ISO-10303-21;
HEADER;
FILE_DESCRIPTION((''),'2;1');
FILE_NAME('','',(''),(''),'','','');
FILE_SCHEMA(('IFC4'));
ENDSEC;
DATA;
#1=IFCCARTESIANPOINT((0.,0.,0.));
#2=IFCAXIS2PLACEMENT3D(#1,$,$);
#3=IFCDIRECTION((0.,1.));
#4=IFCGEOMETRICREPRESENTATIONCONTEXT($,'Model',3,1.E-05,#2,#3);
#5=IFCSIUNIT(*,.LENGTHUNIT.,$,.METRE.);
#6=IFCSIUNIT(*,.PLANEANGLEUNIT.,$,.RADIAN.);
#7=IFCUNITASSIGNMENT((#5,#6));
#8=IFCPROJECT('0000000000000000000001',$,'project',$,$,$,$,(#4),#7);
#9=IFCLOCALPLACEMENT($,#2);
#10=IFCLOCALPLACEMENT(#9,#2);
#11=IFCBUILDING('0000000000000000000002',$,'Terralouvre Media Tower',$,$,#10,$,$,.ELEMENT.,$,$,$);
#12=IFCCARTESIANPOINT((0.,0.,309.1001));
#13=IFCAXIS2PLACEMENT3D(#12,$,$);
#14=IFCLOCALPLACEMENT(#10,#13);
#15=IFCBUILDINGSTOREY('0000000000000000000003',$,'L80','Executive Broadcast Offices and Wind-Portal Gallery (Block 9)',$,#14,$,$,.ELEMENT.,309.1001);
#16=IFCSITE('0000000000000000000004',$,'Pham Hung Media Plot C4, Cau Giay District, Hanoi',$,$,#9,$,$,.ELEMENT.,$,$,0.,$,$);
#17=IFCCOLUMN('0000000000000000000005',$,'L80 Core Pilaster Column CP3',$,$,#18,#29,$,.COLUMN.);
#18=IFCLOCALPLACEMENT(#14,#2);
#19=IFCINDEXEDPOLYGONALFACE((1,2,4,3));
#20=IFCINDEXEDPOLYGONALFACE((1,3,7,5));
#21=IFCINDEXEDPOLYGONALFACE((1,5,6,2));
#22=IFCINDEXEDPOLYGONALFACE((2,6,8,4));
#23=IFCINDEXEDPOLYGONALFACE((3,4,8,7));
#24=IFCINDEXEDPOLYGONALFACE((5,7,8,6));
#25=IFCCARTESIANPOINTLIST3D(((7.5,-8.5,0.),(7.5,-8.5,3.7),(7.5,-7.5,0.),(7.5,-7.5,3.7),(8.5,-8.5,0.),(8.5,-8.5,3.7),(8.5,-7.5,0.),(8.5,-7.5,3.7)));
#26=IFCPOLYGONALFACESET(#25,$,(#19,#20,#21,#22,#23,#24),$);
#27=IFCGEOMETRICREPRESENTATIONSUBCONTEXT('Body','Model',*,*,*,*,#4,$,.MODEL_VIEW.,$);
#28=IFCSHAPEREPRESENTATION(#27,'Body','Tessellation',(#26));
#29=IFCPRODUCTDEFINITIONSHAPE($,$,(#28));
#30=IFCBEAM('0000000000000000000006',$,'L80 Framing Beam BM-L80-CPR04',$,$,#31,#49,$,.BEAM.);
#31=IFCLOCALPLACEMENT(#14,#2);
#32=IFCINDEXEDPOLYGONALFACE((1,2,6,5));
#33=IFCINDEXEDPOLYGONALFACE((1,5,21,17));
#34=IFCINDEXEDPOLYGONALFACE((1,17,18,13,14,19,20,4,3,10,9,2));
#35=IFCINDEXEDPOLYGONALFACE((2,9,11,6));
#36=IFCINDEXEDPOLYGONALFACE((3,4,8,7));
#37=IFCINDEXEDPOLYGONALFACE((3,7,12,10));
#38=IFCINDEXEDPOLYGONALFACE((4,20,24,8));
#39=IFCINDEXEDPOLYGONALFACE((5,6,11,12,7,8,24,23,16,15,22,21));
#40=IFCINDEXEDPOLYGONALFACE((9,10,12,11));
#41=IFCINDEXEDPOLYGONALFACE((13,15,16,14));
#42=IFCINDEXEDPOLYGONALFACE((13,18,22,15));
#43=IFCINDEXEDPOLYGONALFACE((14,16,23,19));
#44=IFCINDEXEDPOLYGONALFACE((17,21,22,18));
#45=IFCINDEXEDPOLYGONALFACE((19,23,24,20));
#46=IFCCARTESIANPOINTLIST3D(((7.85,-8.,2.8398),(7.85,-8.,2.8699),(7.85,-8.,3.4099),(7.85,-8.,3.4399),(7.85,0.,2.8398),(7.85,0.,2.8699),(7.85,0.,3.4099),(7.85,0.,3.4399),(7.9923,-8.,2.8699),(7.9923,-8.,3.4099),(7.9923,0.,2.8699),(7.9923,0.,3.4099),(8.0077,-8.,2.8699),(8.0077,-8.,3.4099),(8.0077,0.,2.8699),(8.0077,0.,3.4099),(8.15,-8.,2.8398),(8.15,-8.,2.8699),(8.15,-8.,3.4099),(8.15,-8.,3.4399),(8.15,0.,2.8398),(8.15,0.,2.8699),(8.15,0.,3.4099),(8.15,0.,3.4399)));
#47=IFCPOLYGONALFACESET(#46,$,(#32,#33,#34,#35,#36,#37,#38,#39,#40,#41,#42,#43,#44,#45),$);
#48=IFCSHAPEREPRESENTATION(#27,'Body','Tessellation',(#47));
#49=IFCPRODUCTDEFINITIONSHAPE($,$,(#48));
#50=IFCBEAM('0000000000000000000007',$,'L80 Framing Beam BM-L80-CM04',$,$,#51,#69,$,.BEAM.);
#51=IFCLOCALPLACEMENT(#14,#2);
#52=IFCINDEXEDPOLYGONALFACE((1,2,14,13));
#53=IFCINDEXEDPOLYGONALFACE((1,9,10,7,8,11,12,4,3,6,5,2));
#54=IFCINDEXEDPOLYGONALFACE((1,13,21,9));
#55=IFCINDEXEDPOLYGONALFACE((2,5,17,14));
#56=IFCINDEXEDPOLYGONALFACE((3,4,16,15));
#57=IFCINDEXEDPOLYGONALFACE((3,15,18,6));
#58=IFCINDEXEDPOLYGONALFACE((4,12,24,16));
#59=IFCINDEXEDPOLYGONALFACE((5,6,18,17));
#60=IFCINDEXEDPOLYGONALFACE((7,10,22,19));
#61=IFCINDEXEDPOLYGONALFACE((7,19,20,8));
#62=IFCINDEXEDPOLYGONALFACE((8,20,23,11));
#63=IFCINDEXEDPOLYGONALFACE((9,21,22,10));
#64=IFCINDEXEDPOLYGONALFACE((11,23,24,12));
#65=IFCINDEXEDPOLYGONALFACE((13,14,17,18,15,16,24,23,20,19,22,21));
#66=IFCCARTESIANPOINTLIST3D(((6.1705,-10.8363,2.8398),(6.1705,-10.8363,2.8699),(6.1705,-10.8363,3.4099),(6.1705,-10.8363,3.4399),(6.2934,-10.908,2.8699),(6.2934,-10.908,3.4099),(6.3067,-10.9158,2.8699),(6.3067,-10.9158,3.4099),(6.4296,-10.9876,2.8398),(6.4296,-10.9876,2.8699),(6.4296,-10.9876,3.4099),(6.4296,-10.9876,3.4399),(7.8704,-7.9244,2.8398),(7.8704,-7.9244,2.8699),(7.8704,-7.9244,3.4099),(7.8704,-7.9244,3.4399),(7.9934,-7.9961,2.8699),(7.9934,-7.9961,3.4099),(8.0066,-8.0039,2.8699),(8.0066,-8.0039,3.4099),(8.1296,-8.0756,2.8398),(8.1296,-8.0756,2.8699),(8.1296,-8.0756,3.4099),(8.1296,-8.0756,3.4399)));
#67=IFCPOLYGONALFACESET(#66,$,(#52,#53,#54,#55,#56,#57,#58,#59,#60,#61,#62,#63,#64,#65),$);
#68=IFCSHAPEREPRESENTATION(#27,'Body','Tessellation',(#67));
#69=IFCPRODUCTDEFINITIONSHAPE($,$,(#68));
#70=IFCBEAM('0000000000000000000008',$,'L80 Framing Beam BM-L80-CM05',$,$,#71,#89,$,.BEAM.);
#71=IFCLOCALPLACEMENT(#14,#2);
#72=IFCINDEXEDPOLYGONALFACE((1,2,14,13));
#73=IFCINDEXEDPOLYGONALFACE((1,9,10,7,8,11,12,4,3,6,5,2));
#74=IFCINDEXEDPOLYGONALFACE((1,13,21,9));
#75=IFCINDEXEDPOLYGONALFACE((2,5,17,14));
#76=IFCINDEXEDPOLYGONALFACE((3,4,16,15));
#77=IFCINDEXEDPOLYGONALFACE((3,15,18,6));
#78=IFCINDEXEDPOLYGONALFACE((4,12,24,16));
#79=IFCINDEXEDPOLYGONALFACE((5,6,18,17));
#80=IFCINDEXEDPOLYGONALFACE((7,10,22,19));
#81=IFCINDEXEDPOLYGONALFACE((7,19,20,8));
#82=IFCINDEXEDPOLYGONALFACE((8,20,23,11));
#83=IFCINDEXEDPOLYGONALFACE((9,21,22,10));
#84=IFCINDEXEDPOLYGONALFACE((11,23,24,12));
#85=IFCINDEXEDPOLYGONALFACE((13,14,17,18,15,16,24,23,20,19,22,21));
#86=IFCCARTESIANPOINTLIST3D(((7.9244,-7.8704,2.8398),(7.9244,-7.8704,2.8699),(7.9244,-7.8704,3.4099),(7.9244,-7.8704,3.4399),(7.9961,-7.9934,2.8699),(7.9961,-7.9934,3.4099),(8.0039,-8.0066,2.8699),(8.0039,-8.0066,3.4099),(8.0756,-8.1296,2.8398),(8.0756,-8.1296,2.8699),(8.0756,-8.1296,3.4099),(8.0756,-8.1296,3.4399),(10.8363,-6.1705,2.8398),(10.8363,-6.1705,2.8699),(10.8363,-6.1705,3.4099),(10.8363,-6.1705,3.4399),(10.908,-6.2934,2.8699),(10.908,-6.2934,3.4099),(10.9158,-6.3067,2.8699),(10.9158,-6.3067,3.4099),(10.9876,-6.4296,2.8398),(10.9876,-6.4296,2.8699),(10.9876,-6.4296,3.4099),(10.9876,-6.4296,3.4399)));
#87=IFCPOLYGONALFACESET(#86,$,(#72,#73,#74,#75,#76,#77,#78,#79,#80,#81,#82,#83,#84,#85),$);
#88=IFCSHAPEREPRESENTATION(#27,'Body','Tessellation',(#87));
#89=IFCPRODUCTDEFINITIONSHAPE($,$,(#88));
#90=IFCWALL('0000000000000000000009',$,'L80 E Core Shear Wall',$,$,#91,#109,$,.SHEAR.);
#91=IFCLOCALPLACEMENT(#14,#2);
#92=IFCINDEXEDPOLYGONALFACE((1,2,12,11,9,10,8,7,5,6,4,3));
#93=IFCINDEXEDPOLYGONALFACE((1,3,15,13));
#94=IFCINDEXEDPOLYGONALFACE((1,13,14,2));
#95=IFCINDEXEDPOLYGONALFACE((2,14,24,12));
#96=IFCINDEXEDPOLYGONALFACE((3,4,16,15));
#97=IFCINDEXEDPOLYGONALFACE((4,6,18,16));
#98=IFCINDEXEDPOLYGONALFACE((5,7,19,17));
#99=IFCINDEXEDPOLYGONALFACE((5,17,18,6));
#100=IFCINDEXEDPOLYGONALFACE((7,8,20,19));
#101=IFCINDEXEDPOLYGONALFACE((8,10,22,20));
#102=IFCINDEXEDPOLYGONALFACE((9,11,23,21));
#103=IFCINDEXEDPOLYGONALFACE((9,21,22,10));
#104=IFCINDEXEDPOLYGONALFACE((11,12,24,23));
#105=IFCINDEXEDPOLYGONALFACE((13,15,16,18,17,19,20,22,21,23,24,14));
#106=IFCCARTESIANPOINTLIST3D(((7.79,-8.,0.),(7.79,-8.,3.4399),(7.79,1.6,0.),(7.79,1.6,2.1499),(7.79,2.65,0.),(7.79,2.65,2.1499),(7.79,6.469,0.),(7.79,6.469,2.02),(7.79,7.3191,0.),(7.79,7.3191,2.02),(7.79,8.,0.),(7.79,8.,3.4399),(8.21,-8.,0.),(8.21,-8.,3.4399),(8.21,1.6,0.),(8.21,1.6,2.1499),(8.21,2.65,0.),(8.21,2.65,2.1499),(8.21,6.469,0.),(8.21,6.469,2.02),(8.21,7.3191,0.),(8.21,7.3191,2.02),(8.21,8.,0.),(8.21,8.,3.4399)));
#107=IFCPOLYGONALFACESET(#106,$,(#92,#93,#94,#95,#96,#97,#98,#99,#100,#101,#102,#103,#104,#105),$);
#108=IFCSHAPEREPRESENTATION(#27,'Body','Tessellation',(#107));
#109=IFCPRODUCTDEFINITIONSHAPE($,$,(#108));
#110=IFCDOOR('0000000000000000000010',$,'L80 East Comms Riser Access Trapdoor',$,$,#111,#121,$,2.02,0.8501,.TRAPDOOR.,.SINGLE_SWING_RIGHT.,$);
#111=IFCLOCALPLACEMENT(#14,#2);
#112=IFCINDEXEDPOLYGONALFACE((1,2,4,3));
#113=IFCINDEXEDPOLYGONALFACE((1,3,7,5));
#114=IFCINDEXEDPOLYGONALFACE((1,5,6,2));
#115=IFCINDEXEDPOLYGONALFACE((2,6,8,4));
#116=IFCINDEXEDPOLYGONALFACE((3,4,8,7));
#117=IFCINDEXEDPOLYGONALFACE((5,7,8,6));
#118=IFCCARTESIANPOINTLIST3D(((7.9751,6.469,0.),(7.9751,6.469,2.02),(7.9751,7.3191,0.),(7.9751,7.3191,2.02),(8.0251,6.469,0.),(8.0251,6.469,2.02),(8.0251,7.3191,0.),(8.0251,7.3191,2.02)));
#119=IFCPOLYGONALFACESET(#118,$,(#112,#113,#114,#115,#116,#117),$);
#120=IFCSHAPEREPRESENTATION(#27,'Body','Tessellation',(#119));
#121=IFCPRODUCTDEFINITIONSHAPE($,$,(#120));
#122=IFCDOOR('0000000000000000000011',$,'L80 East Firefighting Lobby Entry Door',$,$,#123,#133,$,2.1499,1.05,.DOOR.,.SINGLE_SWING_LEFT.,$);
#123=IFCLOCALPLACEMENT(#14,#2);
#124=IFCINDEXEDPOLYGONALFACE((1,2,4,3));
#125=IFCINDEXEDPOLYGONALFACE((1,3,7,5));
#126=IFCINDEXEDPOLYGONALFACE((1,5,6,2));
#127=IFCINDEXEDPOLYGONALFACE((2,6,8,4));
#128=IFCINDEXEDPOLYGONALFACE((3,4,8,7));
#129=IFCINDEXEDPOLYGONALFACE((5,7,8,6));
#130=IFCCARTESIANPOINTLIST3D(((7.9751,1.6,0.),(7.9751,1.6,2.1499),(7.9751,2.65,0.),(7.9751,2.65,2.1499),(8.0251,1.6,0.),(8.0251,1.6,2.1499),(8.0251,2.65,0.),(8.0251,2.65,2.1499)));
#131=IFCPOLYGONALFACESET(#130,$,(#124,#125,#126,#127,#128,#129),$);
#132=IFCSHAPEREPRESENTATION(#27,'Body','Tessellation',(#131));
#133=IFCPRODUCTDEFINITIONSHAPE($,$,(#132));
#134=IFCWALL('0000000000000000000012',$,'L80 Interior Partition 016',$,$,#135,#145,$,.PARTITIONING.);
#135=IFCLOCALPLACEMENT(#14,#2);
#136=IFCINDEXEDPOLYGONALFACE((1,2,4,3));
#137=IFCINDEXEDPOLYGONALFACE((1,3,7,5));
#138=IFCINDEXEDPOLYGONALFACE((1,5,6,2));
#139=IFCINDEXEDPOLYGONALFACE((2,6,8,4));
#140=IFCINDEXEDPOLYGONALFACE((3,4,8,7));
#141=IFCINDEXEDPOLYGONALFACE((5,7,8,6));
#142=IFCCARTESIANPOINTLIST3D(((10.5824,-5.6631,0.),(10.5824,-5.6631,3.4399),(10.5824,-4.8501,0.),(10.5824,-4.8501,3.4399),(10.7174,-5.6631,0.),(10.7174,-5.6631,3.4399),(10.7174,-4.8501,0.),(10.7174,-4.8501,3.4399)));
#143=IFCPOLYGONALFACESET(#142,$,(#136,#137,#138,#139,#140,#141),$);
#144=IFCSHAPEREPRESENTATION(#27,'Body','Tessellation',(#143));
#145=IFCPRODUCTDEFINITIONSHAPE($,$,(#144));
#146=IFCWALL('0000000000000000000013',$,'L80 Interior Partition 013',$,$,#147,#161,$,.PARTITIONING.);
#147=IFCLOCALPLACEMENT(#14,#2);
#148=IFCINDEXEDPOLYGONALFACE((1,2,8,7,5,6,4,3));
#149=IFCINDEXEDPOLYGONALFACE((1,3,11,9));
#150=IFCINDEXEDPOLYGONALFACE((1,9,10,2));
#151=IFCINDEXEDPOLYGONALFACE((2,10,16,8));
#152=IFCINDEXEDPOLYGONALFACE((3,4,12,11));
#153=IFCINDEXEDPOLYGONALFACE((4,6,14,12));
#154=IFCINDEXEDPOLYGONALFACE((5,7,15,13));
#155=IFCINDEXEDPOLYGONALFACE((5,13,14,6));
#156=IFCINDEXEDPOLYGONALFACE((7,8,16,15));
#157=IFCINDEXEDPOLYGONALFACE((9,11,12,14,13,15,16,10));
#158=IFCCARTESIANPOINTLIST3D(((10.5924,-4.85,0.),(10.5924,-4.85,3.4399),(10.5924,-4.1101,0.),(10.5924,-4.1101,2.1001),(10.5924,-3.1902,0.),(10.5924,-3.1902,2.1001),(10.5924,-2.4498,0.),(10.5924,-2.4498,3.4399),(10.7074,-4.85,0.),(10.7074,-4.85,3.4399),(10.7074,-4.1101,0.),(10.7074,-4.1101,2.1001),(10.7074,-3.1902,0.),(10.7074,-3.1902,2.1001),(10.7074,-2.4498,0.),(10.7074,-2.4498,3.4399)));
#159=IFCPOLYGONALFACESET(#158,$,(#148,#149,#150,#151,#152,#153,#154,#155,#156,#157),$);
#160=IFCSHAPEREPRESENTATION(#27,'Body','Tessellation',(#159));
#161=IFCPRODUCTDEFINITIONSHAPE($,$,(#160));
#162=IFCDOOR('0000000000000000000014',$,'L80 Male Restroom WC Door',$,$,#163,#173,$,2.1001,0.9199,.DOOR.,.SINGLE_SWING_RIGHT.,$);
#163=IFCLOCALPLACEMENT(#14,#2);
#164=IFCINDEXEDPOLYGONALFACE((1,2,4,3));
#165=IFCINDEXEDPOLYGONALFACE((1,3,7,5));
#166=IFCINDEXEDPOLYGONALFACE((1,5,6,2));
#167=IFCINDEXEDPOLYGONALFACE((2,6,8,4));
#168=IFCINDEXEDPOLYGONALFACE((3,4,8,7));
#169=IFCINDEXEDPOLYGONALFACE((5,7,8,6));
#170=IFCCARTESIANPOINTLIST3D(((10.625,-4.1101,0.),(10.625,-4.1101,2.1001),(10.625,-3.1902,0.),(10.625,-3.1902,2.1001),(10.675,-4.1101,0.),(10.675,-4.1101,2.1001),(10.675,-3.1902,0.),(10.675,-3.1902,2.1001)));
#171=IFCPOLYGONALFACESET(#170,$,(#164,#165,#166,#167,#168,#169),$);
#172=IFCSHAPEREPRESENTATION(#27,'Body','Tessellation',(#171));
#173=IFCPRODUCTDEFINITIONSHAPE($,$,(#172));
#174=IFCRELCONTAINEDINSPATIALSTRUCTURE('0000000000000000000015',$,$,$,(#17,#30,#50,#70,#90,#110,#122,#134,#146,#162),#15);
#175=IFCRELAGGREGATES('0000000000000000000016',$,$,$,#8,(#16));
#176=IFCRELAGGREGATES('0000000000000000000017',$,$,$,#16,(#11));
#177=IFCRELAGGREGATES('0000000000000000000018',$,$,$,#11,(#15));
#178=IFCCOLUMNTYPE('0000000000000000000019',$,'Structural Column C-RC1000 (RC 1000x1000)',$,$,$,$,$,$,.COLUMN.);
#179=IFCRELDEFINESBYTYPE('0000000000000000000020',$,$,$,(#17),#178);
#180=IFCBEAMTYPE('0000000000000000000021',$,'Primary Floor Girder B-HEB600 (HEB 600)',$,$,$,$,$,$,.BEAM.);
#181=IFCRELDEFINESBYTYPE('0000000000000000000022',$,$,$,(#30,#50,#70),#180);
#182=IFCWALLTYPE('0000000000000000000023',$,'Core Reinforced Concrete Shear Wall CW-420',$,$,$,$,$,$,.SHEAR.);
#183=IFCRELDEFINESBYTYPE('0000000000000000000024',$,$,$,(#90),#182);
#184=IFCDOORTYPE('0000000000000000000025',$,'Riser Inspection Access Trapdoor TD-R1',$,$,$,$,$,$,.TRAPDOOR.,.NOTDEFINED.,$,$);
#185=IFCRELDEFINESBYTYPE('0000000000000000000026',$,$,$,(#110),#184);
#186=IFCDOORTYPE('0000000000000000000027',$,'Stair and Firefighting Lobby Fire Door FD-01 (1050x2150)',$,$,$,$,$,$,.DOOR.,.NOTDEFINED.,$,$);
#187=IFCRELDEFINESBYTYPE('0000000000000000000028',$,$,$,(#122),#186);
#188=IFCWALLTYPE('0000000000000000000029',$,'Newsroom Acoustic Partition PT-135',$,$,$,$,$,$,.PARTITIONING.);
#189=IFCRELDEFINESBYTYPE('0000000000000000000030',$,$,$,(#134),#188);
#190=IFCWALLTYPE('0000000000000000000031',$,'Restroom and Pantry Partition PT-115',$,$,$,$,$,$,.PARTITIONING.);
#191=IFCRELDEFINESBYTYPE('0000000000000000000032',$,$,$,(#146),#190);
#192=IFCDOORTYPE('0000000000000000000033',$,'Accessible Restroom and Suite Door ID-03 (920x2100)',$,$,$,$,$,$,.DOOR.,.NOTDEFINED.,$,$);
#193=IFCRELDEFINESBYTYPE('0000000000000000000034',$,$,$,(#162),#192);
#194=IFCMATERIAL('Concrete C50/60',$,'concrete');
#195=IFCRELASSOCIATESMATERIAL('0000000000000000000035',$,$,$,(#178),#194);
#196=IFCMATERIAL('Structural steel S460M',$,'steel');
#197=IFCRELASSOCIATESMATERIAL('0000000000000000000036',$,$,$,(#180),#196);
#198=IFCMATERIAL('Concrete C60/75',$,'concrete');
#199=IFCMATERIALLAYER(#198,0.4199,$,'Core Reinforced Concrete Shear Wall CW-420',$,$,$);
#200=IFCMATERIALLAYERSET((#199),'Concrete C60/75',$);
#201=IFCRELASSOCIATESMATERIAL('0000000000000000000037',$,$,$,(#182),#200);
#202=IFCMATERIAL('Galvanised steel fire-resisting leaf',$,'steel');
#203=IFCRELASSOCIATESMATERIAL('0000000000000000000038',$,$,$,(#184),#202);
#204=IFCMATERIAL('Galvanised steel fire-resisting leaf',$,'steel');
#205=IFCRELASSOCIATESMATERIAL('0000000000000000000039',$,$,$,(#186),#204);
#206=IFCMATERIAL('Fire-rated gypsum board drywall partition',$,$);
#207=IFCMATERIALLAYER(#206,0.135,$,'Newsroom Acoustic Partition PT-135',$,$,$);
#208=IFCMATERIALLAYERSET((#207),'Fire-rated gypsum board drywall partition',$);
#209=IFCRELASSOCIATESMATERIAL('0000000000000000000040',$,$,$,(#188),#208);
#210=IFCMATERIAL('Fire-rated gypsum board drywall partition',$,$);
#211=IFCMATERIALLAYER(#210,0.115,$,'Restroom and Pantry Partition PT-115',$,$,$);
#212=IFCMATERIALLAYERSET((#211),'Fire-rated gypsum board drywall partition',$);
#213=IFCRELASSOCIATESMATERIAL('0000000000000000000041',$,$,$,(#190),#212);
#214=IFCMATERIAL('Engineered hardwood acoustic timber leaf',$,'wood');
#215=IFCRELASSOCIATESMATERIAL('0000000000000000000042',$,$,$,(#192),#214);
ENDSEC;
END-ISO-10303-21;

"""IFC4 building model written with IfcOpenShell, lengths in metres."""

from ifc_helpers import new_model, si_unit, direction, frame, frame_2d, origin, origin_2d, place, context, subcontext, project, spatial, rectangle, i_section, extrude, material, layer, layer_set, material_profile, profile_set, type_object, element, fill, save


model = new_model("IFC4")

# Units and contexts
model_context = context("Model", 3, precision=1e-05, world=origin(), true_north=direction((0.0, 1.0)))
body_context = subcontext(model_context, "Body", "Model", "MODEL_VIEW")
ifc_project = project(units=[si_unit("LENGTHUNIT", "METRE"), si_unit("PLANEANGLEUNIT", "RADIAN")], contexts=[model_context])

# Site, building, storey
site_placement = place(None, origin())
site = spatial("IfcSite", under=ifc_project, at=site_placement, Name="Pham Hung Media Plot C4, Cau Giay District, Hanoi", CompositionType="ELEMENT", RefElevation=0.0)
building_placement = place(site_placement, origin())
building = spatial("IfcBuilding", under=site, at=building_placement, Name="Terralouvre Media Tower", CompositionType="ELEMENT")
storey_placement = place(building_placement, frame((0.0, 0.0, 309.1001)))
storey = spatial("IfcBuildingStorey", under=building, at=storey_placement, Name="L80", Description="Executive Broadcast Offices and Wind-Portal Gallery (Block 9)", CompositionType="ELEMENT", Elevation=309.1001)

# Column
ifc_material_1 = material(Name="Concrete C50/60", Category="concrete")
ifc_material_profile_1 = material_profile(ifc_material_1, rectangle(XDim=1.0, YDim=1.0, at=origin_2d()), Name="RC 1000x1000")
ifc_profile_set_1 = profile_set([ifc_material_profile_1], Name="Concrete C50/60")
column_type = type_object("IfcColumnType", Name="Structural Column C-RC1000 (RC 1000x1000)", PredefinedType="COLUMN", material=ifc_profile_set_1)
column_placement = place(storey_placement, frame((8.0, -8.0, 0.0), z_axis=(0.0, 0.0, 1.0), x_axis=(1.0, 0.0, 0.0)))
element("IfcColumn", 1, at=column_placement, inside=storey, type_object=column_type, Name="L80 Core Pilaster Column CP3", PredefinedType="COLUMN", context=body_context, shape_type="SweptSolid", body=[
    extrude(rectangle(XDim=1.0, YDim=1.0, at=origin_2d()), origin(), (0.0, 0.0, 1.0), 3.7),
])

# Beams
ifc_material_2 = material(Name="Structural steel S460M", Category="steel")
ifc_material_profile_2 = material_profile(ifc_material_2, i_section(OverallWidth=0.3, OverallDepth=0.6001, WebThickness=0.0154, FlangeThickness=0.03, at=origin_2d()), Name="HEB 600")
ifc_profile_set_2 = profile_set([ifc_material_profile_2], Name="Structural steel S460M")
beam_type = type_object("IfcBeamType", Name="Primary Floor Girder B-HEB600 (HEB 600)", PredefinedType="BEAM", material=ifc_profile_set_2)
beam_placement = place(storey_placement, frame((8.0, -8.0, 3.1399), z_axis=(0.0, 1.0, 0.0), x_axis=(-1.0, 0.0, 0.0)))
element("IfcBeam", 2, at=beam_placement, inside=storey, type_object=beam_type, Name="L80 Framing Beam BM-L80-CPR04", PredefinedType="BEAM", context=body_context, shape_type="SweptSolid", body=[
    extrude(i_section(OverallWidth=0.3, OverallDepth=0.6001, WebThickness=0.0154, FlangeThickness=0.03, at=origin_2d()), origin(), (0.0, 0.0, 1.0), 8.0),
])
for number, where, z_axis, x_axis, name in (
    (3, (8.0, -8.0, 3.1399), (-0.504173, -0.863603, 0.0), (0.863603, -0.504173, 0.0), "L80 Framing Beam BM-L80-CM04"),
    (4, (8.0, -8.0, 3.1399), (0.863603, 0.504173, 0.0), (-0.504173, 0.863603, 0.0), "L80 Framing Beam BM-L80-CM05"),
):
    element("IfcBeam", number, at=place(storey_placement, frame(where, z_axis=z_axis, x_axis=x_axis)), inside=storey, type_object=beam_type, Name=name, PredefinedType="BEAM", context=body_context, shape_type="SweptSolid", body=[
        extrude(i_section(OverallWidth=0.3, OverallDepth=0.6001, WebThickness=0.0154, FlangeThickness=0.03, at=origin_2d()), origin(), (0.0, 0.0, 1.0), 3.3718),
    ])

# Wall, openings, doors
ifc_material_3 = material(Name="Concrete C60/75", Category="concrete")
ifc_layer_1 = layer(ifc_material_3, 0.4199, Name="Core Reinforced Concrete Shear Wall CW-420")
ifc_layer_set_1 = layer_set([ifc_layer_1], Name="Concrete C60/75")
wall_type_1 = type_object("IfcWallType", Name="Core Reinforced Concrete Shear Wall CW-420", PredefinedType="SHEAR", material=ifc_layer_set_1)
wall_1_placement = place(storey_placement, frame((8.0, -8.0, 0.0), z_axis=(0.0, 0.0, 1.0), x_axis=(0.0, 1.0, 0.0)))
wall_1 = element("IfcWall", 5, at=wall_1_placement, inside=storey, type_object=wall_type_1, Name="L80 E Core Shear Wall", PredefinedType="SHEAR", context=body_context, shape_type="SweptSolid", body=[
    extrude(rectangle(XDim=16.0, YDim=0.4199, at=frame_2d((8.0, 0.0))), origin(), (0.0, 0.0, 1.0), 3.4399),
])
opening_1_placement = place(wall_1_placement, frame((9.6001, 0.0, 0.0)))
opening_1 = element("IfcOpeningElement", 6, at=opening_1_placement, cuts=wall_1, PredefinedType="OPENING", context=body_context, shape_type="SweptSolid", body=[
    extrude(rectangle(XDim=1.05, YDim=2.1499, at=frame_2d((0.5249, 1.075))), frame((0.0, 0.22, 0.0), z_axis=(0.0, -1.0, 0.0), x_axis=(1.0, 0.0, 0.0)), (0.0, 0.0, 1.0), 0.4399),
])
opening_2_placement = place(wall_1_placement, frame((14.469, 0.0, 0.0)))
opening_2 = element("IfcOpeningElement", 7, at=opening_2_placement, cuts=wall_1, PredefinedType="OPENING", context=body_context, shape_type="SweptSolid", body=[
    extrude(rectangle(XDim=0.8501, YDim=2.02, at=frame_2d((0.425, 1.01))), frame((0.0, 0.22, 0.0), z_axis=(0.0, -1.0, 0.0), x_axis=(1.0, 0.0, 0.0)), (0.0, 0.0, 1.0), 0.4399),
])
ifc_material_4 = material(Name="Galvanised steel fire-resisting leaf", Category="steel")
door_type_1 = type_object("IfcDoorType", Name="Riser Inspection Access Trapdoor TD-R1", OperationType="NOTDEFINED", PredefinedType="TRAPDOOR", material=ifc_material_4)
door_1_placement = place(opening_2_placement, origin())
door_1 = element("IfcDoor", 8, at=door_1_placement, inside=storey, type_object=door_type_1, Name="L80 East Comms Riser Access Trapdoor", OperationType="SINGLE_SWING_RIGHT", OverallHeight=2.02, OverallWidth=0.8501, PredefinedType="TRAPDOOR", context=body_context, shape_type="SweptSolid", body=[
    extrude(rectangle(XDim=0.8501, YDim=2.02, at=frame_2d((0.425, 1.01))), frame((0.0, 0.0249, 0.0), z_axis=(0.0, -1.0, 0.0), x_axis=(1.0, 0.0, 0.0)), (0.0, 0.0, 1.0), 0.05),
])
fill(opening_2, door_1)
ifc_material_5 = material(Name="Galvanised steel fire-resisting leaf", Category="steel")
door_type_2 = type_object("IfcDoorType", Name="Stair and Firefighting Lobby Fire Door FD-01 (1050x2150)", OperationType="NOTDEFINED", PredefinedType="DOOR", material=ifc_material_5)
door_2_placement = place(opening_1_placement, origin())
door_2 = element("IfcDoor", 9, at=door_2_placement, inside=storey, type_object=door_type_2, Name="L80 East Firefighting Lobby Entry Door", OperationType="SINGLE_SWING_LEFT", OverallHeight=2.1499, OverallWidth=1.05, PredefinedType="DOOR", context=body_context, shape_type="SweptSolid", body=[
    extrude(rectangle(XDim=1.05, YDim=2.1499, at=frame_2d((0.5249, 1.075))), frame((0.0, 0.0249, 0.0), z_axis=(0.0, -1.0, 0.0), x_axis=(1.0, 0.0, 0.0)), (0.0, 0.0, 1.0), 0.05),
])
fill(opening_1, door_2)

# Wall
ifc_material_6 = material(Name="Fire-rated gypsum board drywall partition")
ifc_layer_2 = layer(ifc_material_6, 0.135, Name="Newsroom Acoustic Partition PT-135")
ifc_layer_set_2 = layer_set([ifc_layer_2], Name="Fire-rated gypsum board drywall partition")
wall_type_2 = type_object("IfcWallType", Name="Newsroom Acoustic Partition PT-135", PredefinedType="PARTITIONING", material=ifc_layer_set_2)
wall_2_placement = place(storey_placement, frame((10.6499, -5.6631, 0.0), z_axis=(0.0, 0.0, 1.0), x_axis=(0.0, 1.0, 0.0)))
element("IfcWall", 10, at=wall_2_placement, inside=storey, type_object=wall_type_2, Name="L80 Interior Partition 016", PredefinedType="PARTITIONING", context=body_context, shape_type="SweptSolid", body=[
    extrude(rectangle(XDim=0.813, YDim=0.135, at=frame_2d((0.4065, 0.0))), origin(), (0.0, 0.0, 1.0), 3.4399),
])

# Wall, opening, door
ifc_material_7 = material(Name="Fire-rated gypsum board drywall partition")
ifc_layer_3 = layer(ifc_material_7, 0.115, Name="Restroom and Pantry Partition PT-115")
ifc_layer_set_3 = layer_set([ifc_layer_3], Name="Fire-rated gypsum board drywall partition")
wall_type_3 = type_object("IfcWallType", Name="Restroom and Pantry Partition PT-115", PredefinedType="PARTITIONING", material=ifc_layer_set_3)
wall_3_placement = place(storey_placement, frame((10.6499, -4.8501, 0.0), z_axis=(0.0, 0.0, 1.0), x_axis=(0.0, 1.0, 0.0)))
wall_3 = element("IfcWall", 11, at=wall_3_placement, inside=storey, type_object=wall_type_3, Name="L80 Interior Partition 013", PredefinedType="PARTITIONING", context=body_context, shape_type="SweptSolid", body=[
    extrude(rectangle(XDim=2.4001, YDim=0.115, at=frame_2d((1.2002, 0.0))), origin(), (0.0, 0.0, 1.0), 3.4399),
])
opening_3_placement = place(wall_3_placement, frame((0.74, 0.0, 0.0)))
opening_3 = element("IfcOpeningElement", 12, at=opening_3_placement, cuts=wall_3, PredefinedType="OPENING", context=body_context, shape_type="SweptSolid", body=[
    extrude(rectangle(XDim=0.9199, YDim=2.1001, at=frame_2d((0.46, 1.05))), frame((0.0, 0.0674, 0.0), z_axis=(0.0, -1.0, 0.0), x_axis=(1.0, 0.0, 0.0)), (0.0, 0.0, 1.0), 0.135),
])
ifc_material_8 = material(Name="Engineered hardwood acoustic timber leaf", Category="wood")
door_type_3 = type_object("IfcDoorType", Name="Accessible Restroom and Suite Door ID-03 (920x2100)", OperationType="NOTDEFINED", PredefinedType="DOOR", material=ifc_material_8)
door_3_placement = place(opening_3_placement, origin())
door_3 = element("IfcDoor", 13, at=door_3_placement, inside=storey, type_object=door_type_3, Name="L80 Male Restroom WC Door", OperationType="SINGLE_SWING_RIGHT", OverallHeight=2.1001, OverallWidth=0.9199, PredefinedType="DOOR", context=body_context, shape_type="SweptSolid", body=[
    extrude(rectangle(XDim=0.9199, YDim=2.1001, at=frame_2d((0.46, 1.05))), frame((0.0, 0.0249, 0.0), z_axis=(0.0, -1.0, 0.0), x_axis=(1.0, 0.0, 0.0)), (0.0, 0.0, 1.0), 0.05),
])
fill(opening_3, door_3)

save(model, "model.ifc")
